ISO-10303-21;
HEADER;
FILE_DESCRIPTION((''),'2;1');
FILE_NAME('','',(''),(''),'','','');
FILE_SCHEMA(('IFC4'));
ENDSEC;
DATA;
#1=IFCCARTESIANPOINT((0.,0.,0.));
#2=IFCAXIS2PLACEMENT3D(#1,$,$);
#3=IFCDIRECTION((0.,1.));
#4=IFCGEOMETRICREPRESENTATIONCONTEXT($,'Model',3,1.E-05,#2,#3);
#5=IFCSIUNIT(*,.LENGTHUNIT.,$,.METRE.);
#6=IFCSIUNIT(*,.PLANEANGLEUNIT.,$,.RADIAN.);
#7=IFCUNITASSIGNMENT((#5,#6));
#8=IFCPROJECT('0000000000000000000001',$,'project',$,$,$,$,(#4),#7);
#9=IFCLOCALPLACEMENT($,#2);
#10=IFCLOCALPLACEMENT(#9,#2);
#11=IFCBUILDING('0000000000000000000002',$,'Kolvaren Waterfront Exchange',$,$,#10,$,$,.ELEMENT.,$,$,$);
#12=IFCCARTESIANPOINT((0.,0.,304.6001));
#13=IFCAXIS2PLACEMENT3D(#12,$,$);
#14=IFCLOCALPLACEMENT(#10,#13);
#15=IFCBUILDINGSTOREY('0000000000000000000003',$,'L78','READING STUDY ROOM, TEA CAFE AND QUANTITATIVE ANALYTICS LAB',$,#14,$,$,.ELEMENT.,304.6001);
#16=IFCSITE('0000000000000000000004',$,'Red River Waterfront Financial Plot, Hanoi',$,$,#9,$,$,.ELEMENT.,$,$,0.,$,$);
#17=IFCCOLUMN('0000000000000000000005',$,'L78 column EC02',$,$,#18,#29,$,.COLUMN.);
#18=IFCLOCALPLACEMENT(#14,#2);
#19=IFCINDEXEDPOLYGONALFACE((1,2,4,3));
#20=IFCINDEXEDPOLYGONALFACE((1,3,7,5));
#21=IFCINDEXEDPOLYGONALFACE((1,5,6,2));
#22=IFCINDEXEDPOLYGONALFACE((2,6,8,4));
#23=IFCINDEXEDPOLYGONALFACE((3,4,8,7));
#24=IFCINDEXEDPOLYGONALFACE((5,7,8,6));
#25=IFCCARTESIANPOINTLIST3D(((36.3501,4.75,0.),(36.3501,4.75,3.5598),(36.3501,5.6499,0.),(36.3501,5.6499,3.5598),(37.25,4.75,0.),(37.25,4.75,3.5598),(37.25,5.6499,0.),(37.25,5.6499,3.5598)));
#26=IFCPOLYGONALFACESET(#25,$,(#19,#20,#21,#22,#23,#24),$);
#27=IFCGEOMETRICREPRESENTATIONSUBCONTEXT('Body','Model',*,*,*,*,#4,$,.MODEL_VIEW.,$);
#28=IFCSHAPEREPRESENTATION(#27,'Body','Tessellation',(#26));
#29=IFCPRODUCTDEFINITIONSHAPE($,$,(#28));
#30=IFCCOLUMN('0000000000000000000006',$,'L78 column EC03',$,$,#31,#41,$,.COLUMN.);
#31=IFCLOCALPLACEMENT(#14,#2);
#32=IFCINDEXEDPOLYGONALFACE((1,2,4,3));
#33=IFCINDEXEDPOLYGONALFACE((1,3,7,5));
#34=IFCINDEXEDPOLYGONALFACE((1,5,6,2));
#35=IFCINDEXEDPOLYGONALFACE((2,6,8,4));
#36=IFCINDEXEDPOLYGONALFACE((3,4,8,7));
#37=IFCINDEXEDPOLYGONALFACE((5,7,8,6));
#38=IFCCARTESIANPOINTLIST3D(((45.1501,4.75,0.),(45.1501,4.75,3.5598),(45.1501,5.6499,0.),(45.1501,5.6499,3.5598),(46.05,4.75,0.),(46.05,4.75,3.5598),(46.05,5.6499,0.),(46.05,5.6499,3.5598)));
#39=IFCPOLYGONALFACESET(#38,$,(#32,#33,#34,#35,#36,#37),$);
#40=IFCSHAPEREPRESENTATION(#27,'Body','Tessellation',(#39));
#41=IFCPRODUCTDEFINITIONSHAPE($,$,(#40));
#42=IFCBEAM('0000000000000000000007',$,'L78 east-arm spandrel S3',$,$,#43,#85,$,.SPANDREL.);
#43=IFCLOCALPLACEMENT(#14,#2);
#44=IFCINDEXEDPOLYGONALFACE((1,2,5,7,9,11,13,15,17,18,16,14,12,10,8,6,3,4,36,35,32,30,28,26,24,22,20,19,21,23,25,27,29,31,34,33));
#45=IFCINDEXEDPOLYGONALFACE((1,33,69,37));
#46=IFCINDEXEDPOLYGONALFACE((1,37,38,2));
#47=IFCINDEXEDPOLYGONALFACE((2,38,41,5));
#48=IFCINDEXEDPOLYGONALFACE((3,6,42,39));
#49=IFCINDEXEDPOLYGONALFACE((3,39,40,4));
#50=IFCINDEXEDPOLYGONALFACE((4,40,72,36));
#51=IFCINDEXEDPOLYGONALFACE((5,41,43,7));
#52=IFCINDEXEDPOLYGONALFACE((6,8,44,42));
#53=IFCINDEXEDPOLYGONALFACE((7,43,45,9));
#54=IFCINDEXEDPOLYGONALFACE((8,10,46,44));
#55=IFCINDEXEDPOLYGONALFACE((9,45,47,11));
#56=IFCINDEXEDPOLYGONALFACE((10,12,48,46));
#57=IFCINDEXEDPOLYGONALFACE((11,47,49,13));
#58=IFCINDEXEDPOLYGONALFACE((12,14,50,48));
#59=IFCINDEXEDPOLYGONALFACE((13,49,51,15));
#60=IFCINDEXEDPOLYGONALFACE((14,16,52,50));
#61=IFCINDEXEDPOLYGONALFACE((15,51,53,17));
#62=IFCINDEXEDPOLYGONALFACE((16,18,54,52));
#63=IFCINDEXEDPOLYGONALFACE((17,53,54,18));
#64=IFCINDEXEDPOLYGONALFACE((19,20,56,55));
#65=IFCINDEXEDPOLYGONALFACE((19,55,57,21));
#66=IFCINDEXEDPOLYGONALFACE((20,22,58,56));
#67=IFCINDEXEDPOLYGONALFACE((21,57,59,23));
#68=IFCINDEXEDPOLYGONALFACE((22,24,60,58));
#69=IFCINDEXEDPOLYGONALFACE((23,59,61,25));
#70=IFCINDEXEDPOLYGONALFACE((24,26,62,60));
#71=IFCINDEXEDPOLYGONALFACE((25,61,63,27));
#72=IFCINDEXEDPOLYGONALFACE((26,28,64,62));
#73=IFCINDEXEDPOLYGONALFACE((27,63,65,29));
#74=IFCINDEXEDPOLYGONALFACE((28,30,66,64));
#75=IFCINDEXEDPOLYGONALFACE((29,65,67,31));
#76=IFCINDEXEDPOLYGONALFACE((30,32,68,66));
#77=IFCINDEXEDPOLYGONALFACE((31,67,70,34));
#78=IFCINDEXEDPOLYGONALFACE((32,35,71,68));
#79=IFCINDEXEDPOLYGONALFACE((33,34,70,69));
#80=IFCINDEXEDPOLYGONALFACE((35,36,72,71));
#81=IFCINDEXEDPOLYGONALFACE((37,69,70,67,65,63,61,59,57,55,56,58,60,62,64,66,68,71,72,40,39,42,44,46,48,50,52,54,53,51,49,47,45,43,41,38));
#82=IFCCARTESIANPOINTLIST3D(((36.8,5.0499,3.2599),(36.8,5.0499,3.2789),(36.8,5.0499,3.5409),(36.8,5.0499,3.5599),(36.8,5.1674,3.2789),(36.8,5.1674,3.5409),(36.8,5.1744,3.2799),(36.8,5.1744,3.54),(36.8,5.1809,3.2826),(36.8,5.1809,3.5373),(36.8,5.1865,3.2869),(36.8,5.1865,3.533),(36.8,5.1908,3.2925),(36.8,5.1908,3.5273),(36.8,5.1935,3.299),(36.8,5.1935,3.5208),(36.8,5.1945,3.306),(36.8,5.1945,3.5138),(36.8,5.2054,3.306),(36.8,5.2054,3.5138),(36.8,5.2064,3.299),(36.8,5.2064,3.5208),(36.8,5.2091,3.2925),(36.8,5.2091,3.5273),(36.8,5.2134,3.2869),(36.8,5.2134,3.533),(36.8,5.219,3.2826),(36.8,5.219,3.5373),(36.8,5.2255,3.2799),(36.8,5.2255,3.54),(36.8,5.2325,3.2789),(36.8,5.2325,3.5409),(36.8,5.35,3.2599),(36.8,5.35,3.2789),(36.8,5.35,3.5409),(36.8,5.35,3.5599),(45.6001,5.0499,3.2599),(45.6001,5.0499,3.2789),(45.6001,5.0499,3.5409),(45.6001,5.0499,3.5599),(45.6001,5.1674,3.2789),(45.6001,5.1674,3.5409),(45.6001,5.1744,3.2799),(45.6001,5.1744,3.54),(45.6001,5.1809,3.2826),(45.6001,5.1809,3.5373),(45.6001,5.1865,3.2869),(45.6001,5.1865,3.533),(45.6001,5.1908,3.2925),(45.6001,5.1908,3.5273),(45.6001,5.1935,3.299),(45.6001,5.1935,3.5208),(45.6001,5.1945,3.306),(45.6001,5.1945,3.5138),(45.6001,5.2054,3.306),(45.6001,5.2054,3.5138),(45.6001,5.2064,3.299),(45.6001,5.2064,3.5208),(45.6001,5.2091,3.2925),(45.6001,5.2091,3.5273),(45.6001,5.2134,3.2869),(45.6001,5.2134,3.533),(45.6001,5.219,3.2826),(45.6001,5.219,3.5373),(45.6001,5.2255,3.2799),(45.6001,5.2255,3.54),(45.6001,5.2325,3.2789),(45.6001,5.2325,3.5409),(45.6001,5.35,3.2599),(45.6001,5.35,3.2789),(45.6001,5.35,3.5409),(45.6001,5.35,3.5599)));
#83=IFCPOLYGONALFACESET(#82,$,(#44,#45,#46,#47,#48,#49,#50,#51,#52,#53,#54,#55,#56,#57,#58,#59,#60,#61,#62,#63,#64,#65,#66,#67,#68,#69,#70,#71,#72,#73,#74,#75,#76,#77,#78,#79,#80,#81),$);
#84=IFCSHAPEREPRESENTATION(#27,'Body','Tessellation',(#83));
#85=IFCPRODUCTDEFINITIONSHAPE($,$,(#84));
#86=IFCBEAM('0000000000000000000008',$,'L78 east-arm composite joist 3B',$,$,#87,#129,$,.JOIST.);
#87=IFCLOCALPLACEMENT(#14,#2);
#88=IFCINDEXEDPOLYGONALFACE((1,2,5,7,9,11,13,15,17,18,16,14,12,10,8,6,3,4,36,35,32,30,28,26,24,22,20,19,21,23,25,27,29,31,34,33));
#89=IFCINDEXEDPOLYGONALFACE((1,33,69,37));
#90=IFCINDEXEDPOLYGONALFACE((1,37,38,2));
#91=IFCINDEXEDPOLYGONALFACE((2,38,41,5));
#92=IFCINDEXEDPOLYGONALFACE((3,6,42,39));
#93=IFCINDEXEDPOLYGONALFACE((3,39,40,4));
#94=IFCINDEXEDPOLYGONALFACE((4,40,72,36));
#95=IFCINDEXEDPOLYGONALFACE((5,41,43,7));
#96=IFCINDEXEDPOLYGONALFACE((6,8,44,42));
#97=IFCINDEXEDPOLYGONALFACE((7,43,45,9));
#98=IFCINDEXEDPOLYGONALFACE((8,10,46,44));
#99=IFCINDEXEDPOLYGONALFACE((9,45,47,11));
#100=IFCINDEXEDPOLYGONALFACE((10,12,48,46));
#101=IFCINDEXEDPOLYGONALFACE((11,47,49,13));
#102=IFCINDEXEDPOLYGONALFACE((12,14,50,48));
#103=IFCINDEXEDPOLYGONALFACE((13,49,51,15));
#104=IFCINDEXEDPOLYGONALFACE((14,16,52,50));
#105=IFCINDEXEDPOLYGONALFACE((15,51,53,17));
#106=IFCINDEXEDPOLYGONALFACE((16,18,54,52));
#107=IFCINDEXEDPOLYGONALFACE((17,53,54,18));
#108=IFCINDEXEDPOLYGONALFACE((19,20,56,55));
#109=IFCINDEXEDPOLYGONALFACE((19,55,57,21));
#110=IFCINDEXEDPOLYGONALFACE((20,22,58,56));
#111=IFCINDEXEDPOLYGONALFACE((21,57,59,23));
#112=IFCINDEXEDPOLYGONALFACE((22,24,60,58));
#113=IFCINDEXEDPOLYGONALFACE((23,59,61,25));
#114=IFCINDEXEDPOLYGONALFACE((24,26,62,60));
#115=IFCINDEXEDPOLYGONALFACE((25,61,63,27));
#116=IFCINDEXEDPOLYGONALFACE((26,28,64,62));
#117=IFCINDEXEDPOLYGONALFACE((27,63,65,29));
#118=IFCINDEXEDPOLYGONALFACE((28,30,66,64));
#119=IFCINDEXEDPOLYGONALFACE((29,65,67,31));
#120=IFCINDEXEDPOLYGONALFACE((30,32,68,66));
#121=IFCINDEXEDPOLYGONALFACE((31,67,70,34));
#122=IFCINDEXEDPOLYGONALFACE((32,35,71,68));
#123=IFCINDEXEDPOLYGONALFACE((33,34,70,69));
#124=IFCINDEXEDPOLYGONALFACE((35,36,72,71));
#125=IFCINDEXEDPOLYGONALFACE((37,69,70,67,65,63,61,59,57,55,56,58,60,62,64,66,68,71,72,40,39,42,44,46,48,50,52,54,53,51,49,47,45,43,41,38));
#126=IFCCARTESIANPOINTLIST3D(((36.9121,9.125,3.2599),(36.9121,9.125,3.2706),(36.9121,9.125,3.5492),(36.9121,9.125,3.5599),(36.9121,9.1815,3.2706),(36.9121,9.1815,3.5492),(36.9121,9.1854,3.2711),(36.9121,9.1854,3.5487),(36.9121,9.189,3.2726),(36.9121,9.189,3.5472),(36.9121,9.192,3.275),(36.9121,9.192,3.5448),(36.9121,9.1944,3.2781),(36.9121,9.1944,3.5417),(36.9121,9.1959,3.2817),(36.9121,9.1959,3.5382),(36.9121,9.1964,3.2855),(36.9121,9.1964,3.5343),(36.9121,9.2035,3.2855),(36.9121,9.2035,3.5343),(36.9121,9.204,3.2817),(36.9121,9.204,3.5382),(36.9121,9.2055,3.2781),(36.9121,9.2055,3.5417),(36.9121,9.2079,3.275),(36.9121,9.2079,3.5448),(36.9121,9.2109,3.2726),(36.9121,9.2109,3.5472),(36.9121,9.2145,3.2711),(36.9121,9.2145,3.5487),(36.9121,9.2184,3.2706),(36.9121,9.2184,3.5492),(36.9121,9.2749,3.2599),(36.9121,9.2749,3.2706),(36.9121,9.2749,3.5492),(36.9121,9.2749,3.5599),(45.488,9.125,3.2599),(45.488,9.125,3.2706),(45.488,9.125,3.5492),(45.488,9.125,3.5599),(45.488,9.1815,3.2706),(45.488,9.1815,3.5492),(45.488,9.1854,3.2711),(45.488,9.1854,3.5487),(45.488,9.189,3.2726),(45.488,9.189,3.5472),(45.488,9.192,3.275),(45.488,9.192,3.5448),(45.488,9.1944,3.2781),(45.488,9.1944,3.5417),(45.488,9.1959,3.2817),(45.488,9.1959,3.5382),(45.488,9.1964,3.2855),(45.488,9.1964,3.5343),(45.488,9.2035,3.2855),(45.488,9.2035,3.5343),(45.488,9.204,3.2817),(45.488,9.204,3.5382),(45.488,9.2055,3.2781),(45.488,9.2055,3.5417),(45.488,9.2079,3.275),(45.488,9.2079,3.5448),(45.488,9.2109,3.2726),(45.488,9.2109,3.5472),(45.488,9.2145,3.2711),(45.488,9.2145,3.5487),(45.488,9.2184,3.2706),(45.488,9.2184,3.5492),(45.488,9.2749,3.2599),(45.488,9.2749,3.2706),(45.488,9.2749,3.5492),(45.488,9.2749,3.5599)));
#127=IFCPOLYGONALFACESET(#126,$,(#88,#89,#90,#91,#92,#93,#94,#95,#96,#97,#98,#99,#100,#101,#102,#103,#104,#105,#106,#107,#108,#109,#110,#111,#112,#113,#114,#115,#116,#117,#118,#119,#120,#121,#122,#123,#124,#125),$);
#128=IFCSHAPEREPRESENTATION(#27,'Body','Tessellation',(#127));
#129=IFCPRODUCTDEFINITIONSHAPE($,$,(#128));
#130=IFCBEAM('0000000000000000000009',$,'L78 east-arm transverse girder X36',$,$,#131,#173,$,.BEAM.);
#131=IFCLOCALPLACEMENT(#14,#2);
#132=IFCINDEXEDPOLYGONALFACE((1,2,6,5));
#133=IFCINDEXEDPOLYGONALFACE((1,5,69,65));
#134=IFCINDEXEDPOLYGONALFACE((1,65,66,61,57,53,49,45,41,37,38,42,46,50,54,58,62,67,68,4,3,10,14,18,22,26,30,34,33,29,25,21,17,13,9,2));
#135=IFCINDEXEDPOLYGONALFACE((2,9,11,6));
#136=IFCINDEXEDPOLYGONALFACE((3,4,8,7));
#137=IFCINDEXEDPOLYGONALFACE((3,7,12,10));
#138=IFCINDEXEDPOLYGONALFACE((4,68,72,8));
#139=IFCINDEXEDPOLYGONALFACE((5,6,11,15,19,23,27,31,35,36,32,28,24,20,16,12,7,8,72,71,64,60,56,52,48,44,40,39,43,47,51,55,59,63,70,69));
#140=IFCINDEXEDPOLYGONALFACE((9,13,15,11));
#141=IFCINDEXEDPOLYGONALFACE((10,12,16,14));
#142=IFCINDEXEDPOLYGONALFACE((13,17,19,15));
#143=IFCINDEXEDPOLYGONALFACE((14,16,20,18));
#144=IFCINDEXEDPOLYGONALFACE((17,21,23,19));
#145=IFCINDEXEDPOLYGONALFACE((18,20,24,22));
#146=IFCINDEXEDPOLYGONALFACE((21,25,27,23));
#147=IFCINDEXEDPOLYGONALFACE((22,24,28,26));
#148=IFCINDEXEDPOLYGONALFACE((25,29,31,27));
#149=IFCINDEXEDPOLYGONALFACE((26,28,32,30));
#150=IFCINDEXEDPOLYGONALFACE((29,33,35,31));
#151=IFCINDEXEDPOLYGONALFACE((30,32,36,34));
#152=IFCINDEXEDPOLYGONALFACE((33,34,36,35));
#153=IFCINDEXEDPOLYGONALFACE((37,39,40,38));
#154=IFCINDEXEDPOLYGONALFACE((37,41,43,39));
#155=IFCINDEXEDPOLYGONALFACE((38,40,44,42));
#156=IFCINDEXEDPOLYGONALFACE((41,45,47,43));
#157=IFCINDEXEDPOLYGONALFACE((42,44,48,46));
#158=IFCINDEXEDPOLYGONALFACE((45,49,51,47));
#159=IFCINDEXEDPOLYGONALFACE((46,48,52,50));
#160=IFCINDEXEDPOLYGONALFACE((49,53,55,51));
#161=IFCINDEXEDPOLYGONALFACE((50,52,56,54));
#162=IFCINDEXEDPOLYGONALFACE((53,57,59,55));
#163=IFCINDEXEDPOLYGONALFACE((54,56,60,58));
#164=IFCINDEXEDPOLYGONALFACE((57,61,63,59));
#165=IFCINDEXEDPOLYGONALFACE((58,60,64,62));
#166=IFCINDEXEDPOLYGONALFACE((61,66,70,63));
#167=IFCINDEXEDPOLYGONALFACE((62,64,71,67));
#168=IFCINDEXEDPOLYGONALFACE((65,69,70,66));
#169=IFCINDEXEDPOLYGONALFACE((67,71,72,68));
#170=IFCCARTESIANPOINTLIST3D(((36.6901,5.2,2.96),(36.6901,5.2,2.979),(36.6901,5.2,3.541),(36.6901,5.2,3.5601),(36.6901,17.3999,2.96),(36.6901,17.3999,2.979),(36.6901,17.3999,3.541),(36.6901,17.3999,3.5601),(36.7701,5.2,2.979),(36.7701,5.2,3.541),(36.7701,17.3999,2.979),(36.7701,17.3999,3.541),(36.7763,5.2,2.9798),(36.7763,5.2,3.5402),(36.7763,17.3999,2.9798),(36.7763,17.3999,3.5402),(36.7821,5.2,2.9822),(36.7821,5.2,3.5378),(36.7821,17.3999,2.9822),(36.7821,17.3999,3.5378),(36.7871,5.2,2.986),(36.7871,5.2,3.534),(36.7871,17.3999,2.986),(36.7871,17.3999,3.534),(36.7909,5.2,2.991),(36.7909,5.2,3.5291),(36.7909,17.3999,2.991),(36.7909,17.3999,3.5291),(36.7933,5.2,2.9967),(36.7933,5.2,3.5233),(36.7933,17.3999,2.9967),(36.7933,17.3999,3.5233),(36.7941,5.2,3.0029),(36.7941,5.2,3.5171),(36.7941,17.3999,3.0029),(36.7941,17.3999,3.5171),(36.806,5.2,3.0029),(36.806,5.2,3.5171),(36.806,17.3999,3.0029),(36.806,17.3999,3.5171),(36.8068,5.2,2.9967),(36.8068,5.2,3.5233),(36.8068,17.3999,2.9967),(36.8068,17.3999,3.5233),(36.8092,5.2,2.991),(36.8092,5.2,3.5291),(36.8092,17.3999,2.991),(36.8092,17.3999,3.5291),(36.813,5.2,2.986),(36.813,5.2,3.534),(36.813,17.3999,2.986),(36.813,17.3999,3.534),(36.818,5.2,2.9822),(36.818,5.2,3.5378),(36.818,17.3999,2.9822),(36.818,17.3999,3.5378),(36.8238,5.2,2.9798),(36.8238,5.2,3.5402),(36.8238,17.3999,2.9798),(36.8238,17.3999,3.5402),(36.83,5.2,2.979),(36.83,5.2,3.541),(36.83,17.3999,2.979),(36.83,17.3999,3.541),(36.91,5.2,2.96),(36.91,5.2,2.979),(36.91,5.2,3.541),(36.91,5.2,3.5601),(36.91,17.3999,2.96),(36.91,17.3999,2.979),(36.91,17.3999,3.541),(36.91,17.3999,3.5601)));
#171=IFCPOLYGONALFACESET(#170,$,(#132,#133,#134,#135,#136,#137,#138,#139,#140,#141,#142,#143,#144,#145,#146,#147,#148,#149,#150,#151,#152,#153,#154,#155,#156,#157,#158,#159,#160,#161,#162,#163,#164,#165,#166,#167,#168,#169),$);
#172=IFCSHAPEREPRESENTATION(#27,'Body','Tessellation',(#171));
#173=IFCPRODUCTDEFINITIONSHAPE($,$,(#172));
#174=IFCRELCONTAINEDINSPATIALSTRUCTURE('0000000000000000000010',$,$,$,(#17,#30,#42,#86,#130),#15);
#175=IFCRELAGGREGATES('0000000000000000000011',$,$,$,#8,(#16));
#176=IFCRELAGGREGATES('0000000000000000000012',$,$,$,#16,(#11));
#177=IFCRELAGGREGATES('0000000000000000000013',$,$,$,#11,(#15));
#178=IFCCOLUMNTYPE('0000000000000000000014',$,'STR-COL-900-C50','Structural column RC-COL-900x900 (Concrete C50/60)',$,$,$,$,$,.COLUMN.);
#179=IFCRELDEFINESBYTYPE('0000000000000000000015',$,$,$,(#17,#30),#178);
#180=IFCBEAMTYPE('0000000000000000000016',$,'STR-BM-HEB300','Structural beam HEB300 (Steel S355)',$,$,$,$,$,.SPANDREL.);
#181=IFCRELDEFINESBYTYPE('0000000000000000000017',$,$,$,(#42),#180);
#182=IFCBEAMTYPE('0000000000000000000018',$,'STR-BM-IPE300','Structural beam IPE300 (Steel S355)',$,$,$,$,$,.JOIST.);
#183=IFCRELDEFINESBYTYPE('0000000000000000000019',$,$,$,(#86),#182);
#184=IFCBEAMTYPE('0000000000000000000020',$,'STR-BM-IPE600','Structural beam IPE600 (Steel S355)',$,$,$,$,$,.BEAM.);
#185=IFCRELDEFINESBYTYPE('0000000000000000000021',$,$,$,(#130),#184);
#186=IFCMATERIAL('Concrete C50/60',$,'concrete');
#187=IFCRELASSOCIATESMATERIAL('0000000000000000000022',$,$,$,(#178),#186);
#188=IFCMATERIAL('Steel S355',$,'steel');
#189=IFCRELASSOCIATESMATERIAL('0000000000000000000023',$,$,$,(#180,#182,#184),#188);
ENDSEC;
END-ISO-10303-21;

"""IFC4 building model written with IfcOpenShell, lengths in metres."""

from ifc_helpers import new_model, si_unit, direction, frame, origin, origin_2d, place, context, subcontext, project, spatial, rectangle, i_section, extrude, material, material_profile, profile_set, type_object, element, save


model = new_model("IFC4")

# Units and contexts
model_context = context("Model", 3, precision=1e-05, world=origin(), true_north=direction((0.0, 1.0)))
body_context = subcontext(model_context, "Body", "Model", "MODEL_VIEW")
ifc_project = project(units=[si_unit("LENGTHUNIT", "METRE"), si_unit("PLANEANGLEUNIT", "RADIAN")], contexts=[model_context])

# Site, building, storey
site_placement = place(None, origin())
site = spatial("IfcSite", under=ifc_project, at=site_placement, Name="Red River Waterfront Financial Plot, Hanoi", CompositionType="ELEMENT", RefElevation=0.0)
building_placement = place(site_placement, origin())
building = spatial("IfcBuilding", under=site, at=building_placement, Name="Kolvaren Waterfront Exchange", CompositionType="ELEMENT")
storey_placement = place(building_placement, frame((0.0, 0.0, 304.6001)))
storey = spatial("IfcBuildingStorey", under=building, at=storey_placement, Name="L78", Description="READING STUDY ROOM, TEA CAFE AND QUANTITATIVE ANALYTICS LAB", CompositionType="ELEMENT", Elevation=304.6001)

# Columns
ifc_material_1 = material(Name="Concrete C50/60", Category="concrete")
ifc_material_profile_1 = material_profile(ifc_material_1, rectangle(XDim=0.8999, YDim=0.8999, at=origin_2d()), Name="RC-COL-900x900")
ifc_profile_set_1 = profile_set([ifc_material_profile_1], Name="Concrete C50/60")
column_type = type_object("IfcColumnType", Name="STR-COL-900-C50", Description="Structural column RC-COL-900x900 (Concrete C50/60)", PredefinedType="COLUMN", material=ifc_profile_set_1)
for number, where, z_axis, x_axis, name in (
    (1, (36.8, 5.2, 0.0), (0.0, 0.0, 1.0), (1.0, 0.0, 0.0), "L78 column EC02"),
    (2, (45.6001, 5.2, 0.0), (0.0, 0.0, 1.0), (1.0, 0.0, 0.0), "L78 column EC03"),
):
    element("IfcColumn", number, at=place(storey_placement, frame(where, z_axis=z_axis, x_axis=x_axis)), inside=storey, type_object=column_type, Name=name, PredefinedType="COLUMN", context=body_context, shape_type="SweptSolid", body=[
        extrude(rectangle(XDim=0.8999, YDim=0.8999, at=origin_2d()), origin(), (0.0, 0.0, 1.0), 3.5598),
    ])

# Beams
ifc_material_2 = material(Name="Steel S355", Category="steel")
ifc_material_profile_2 = material_profile(ifc_material_2, i_section(OverallWidth=0.3, OverallDepth=0.3, WebThickness=0.011, FlangeThickness=0.019, FilletRadius=0.0271, at=origin_2d()), Name="HEB300")
ifc_profile_set_2 = profile_set([ifc_material_profile_2], Name="Steel S355")
beam_type_1 = type_object("IfcBeamType", Name="STR-BM-HEB300", Description="Structural beam HEB300 (Steel S355)", PredefinedType="SPANDREL", material=ifc_profile_set_2)
beam_1_placement = place(storey_placement, frame((36.8, 5.2, 3.4099), z_axis=(1.0, 0.0, 0.0), x_axis=(0.0, 1.0, 0.0)))
element("IfcBeam", 3, at=beam_1_placement, inside=storey, type_object=beam_type_1, Name="L78 east-arm spandrel S3", PredefinedType="SPANDREL", context=body_context, shape_type="SweptSolid", body=[
    extrude(i_section(OverallWidth=0.3, OverallDepth=0.3, WebThickness=0.011, FlangeThickness=0.019, FilletRadius=0.0271, at=origin_2d()), origin(), (0.0, 0.0, 1.0), 8.8),
])
ifc_material_profile_3 = material_profile(ifc_material_2, i_section(OverallWidth=0.1499, OverallDepth=0.3, WebThickness=0.0071, FlangeThickness=0.0107, FilletRadius=0.0149, at=origin_2d()), Name="IPE300")
ifc_profile_set_3 = profile_set([ifc_material_profile_3], Name="Steel S355")
beam_type_2 = type_object("IfcBeamType", Name="STR-BM-IPE300", Description="Structural beam IPE300 (Steel S355)", PredefinedType="JOIST", material=ifc_profile_set_3)
beam_2_placement = place(storey_placement, frame((36.9121, 9.2, 3.4099), z_axis=(1.0, 0.0, 0.0), x_axis=(0.0, 1.0, 0.0)))
element("IfcBeam", 4, at=beam_2_placement, inside=storey, type_object=beam_type_2, Name="L78 east-arm composite joist 3B", PredefinedType="JOIST", context=body_context, shape_type="SweptSolid", body=[
    extrude(i_section(OverallWidth=0.1499, OverallDepth=0.3, WebThickness=0.0071, FlangeThickness=0.0107, FilletRadius=0.0149, at=origin_2d()), origin(), (0.0, 0.0, 1.0), 8.5759),
])
ifc_material_profile_4 = material_profile(ifc_material_2, i_section(OverallWidth=0.22, OverallDepth=0.6001, WebThickness=0.012, FlangeThickness=0.019, FilletRadius=0.0239, at=origin_2d()), Name="IPE600")
ifc_profile_set_4 = profile_set([ifc_material_profile_4], Name="Steel S355")
beam_type_3 = type_object("IfcBeamType", Name="STR-BM-IPE600", Description="Structural beam IPE600 (Steel S355)", PredefinedType="BEAM", material=ifc_profile_set_4)
for number, where, z_axis, x_axis, name in (
    (5, (36.8, 5.2, 3.26), (0.0, 1.0, 0.0), (-1.0, 0.0, 0.0), "L78 east-arm transverse girder X36"),
):
    element("IfcBeam", number, at=place(storey_placement, frame(where, z_axis=z_axis, x_axis=x_axis)), inside=storey, type_object=beam_type_3, Name=name, PredefinedType="BEAM", context=body_context, shape_type="SweptSolid", body=[
        extrude(i_section(OverallWidth=0.22, OverallDepth=0.6001, WebThickness=0.012, FlangeThickness=0.019, FilletRadius=0.0239, at=origin_2d()), origin(), (0.0, 0.0, 1.0), 12.2),
    ])

save(model, "model.ifc")
